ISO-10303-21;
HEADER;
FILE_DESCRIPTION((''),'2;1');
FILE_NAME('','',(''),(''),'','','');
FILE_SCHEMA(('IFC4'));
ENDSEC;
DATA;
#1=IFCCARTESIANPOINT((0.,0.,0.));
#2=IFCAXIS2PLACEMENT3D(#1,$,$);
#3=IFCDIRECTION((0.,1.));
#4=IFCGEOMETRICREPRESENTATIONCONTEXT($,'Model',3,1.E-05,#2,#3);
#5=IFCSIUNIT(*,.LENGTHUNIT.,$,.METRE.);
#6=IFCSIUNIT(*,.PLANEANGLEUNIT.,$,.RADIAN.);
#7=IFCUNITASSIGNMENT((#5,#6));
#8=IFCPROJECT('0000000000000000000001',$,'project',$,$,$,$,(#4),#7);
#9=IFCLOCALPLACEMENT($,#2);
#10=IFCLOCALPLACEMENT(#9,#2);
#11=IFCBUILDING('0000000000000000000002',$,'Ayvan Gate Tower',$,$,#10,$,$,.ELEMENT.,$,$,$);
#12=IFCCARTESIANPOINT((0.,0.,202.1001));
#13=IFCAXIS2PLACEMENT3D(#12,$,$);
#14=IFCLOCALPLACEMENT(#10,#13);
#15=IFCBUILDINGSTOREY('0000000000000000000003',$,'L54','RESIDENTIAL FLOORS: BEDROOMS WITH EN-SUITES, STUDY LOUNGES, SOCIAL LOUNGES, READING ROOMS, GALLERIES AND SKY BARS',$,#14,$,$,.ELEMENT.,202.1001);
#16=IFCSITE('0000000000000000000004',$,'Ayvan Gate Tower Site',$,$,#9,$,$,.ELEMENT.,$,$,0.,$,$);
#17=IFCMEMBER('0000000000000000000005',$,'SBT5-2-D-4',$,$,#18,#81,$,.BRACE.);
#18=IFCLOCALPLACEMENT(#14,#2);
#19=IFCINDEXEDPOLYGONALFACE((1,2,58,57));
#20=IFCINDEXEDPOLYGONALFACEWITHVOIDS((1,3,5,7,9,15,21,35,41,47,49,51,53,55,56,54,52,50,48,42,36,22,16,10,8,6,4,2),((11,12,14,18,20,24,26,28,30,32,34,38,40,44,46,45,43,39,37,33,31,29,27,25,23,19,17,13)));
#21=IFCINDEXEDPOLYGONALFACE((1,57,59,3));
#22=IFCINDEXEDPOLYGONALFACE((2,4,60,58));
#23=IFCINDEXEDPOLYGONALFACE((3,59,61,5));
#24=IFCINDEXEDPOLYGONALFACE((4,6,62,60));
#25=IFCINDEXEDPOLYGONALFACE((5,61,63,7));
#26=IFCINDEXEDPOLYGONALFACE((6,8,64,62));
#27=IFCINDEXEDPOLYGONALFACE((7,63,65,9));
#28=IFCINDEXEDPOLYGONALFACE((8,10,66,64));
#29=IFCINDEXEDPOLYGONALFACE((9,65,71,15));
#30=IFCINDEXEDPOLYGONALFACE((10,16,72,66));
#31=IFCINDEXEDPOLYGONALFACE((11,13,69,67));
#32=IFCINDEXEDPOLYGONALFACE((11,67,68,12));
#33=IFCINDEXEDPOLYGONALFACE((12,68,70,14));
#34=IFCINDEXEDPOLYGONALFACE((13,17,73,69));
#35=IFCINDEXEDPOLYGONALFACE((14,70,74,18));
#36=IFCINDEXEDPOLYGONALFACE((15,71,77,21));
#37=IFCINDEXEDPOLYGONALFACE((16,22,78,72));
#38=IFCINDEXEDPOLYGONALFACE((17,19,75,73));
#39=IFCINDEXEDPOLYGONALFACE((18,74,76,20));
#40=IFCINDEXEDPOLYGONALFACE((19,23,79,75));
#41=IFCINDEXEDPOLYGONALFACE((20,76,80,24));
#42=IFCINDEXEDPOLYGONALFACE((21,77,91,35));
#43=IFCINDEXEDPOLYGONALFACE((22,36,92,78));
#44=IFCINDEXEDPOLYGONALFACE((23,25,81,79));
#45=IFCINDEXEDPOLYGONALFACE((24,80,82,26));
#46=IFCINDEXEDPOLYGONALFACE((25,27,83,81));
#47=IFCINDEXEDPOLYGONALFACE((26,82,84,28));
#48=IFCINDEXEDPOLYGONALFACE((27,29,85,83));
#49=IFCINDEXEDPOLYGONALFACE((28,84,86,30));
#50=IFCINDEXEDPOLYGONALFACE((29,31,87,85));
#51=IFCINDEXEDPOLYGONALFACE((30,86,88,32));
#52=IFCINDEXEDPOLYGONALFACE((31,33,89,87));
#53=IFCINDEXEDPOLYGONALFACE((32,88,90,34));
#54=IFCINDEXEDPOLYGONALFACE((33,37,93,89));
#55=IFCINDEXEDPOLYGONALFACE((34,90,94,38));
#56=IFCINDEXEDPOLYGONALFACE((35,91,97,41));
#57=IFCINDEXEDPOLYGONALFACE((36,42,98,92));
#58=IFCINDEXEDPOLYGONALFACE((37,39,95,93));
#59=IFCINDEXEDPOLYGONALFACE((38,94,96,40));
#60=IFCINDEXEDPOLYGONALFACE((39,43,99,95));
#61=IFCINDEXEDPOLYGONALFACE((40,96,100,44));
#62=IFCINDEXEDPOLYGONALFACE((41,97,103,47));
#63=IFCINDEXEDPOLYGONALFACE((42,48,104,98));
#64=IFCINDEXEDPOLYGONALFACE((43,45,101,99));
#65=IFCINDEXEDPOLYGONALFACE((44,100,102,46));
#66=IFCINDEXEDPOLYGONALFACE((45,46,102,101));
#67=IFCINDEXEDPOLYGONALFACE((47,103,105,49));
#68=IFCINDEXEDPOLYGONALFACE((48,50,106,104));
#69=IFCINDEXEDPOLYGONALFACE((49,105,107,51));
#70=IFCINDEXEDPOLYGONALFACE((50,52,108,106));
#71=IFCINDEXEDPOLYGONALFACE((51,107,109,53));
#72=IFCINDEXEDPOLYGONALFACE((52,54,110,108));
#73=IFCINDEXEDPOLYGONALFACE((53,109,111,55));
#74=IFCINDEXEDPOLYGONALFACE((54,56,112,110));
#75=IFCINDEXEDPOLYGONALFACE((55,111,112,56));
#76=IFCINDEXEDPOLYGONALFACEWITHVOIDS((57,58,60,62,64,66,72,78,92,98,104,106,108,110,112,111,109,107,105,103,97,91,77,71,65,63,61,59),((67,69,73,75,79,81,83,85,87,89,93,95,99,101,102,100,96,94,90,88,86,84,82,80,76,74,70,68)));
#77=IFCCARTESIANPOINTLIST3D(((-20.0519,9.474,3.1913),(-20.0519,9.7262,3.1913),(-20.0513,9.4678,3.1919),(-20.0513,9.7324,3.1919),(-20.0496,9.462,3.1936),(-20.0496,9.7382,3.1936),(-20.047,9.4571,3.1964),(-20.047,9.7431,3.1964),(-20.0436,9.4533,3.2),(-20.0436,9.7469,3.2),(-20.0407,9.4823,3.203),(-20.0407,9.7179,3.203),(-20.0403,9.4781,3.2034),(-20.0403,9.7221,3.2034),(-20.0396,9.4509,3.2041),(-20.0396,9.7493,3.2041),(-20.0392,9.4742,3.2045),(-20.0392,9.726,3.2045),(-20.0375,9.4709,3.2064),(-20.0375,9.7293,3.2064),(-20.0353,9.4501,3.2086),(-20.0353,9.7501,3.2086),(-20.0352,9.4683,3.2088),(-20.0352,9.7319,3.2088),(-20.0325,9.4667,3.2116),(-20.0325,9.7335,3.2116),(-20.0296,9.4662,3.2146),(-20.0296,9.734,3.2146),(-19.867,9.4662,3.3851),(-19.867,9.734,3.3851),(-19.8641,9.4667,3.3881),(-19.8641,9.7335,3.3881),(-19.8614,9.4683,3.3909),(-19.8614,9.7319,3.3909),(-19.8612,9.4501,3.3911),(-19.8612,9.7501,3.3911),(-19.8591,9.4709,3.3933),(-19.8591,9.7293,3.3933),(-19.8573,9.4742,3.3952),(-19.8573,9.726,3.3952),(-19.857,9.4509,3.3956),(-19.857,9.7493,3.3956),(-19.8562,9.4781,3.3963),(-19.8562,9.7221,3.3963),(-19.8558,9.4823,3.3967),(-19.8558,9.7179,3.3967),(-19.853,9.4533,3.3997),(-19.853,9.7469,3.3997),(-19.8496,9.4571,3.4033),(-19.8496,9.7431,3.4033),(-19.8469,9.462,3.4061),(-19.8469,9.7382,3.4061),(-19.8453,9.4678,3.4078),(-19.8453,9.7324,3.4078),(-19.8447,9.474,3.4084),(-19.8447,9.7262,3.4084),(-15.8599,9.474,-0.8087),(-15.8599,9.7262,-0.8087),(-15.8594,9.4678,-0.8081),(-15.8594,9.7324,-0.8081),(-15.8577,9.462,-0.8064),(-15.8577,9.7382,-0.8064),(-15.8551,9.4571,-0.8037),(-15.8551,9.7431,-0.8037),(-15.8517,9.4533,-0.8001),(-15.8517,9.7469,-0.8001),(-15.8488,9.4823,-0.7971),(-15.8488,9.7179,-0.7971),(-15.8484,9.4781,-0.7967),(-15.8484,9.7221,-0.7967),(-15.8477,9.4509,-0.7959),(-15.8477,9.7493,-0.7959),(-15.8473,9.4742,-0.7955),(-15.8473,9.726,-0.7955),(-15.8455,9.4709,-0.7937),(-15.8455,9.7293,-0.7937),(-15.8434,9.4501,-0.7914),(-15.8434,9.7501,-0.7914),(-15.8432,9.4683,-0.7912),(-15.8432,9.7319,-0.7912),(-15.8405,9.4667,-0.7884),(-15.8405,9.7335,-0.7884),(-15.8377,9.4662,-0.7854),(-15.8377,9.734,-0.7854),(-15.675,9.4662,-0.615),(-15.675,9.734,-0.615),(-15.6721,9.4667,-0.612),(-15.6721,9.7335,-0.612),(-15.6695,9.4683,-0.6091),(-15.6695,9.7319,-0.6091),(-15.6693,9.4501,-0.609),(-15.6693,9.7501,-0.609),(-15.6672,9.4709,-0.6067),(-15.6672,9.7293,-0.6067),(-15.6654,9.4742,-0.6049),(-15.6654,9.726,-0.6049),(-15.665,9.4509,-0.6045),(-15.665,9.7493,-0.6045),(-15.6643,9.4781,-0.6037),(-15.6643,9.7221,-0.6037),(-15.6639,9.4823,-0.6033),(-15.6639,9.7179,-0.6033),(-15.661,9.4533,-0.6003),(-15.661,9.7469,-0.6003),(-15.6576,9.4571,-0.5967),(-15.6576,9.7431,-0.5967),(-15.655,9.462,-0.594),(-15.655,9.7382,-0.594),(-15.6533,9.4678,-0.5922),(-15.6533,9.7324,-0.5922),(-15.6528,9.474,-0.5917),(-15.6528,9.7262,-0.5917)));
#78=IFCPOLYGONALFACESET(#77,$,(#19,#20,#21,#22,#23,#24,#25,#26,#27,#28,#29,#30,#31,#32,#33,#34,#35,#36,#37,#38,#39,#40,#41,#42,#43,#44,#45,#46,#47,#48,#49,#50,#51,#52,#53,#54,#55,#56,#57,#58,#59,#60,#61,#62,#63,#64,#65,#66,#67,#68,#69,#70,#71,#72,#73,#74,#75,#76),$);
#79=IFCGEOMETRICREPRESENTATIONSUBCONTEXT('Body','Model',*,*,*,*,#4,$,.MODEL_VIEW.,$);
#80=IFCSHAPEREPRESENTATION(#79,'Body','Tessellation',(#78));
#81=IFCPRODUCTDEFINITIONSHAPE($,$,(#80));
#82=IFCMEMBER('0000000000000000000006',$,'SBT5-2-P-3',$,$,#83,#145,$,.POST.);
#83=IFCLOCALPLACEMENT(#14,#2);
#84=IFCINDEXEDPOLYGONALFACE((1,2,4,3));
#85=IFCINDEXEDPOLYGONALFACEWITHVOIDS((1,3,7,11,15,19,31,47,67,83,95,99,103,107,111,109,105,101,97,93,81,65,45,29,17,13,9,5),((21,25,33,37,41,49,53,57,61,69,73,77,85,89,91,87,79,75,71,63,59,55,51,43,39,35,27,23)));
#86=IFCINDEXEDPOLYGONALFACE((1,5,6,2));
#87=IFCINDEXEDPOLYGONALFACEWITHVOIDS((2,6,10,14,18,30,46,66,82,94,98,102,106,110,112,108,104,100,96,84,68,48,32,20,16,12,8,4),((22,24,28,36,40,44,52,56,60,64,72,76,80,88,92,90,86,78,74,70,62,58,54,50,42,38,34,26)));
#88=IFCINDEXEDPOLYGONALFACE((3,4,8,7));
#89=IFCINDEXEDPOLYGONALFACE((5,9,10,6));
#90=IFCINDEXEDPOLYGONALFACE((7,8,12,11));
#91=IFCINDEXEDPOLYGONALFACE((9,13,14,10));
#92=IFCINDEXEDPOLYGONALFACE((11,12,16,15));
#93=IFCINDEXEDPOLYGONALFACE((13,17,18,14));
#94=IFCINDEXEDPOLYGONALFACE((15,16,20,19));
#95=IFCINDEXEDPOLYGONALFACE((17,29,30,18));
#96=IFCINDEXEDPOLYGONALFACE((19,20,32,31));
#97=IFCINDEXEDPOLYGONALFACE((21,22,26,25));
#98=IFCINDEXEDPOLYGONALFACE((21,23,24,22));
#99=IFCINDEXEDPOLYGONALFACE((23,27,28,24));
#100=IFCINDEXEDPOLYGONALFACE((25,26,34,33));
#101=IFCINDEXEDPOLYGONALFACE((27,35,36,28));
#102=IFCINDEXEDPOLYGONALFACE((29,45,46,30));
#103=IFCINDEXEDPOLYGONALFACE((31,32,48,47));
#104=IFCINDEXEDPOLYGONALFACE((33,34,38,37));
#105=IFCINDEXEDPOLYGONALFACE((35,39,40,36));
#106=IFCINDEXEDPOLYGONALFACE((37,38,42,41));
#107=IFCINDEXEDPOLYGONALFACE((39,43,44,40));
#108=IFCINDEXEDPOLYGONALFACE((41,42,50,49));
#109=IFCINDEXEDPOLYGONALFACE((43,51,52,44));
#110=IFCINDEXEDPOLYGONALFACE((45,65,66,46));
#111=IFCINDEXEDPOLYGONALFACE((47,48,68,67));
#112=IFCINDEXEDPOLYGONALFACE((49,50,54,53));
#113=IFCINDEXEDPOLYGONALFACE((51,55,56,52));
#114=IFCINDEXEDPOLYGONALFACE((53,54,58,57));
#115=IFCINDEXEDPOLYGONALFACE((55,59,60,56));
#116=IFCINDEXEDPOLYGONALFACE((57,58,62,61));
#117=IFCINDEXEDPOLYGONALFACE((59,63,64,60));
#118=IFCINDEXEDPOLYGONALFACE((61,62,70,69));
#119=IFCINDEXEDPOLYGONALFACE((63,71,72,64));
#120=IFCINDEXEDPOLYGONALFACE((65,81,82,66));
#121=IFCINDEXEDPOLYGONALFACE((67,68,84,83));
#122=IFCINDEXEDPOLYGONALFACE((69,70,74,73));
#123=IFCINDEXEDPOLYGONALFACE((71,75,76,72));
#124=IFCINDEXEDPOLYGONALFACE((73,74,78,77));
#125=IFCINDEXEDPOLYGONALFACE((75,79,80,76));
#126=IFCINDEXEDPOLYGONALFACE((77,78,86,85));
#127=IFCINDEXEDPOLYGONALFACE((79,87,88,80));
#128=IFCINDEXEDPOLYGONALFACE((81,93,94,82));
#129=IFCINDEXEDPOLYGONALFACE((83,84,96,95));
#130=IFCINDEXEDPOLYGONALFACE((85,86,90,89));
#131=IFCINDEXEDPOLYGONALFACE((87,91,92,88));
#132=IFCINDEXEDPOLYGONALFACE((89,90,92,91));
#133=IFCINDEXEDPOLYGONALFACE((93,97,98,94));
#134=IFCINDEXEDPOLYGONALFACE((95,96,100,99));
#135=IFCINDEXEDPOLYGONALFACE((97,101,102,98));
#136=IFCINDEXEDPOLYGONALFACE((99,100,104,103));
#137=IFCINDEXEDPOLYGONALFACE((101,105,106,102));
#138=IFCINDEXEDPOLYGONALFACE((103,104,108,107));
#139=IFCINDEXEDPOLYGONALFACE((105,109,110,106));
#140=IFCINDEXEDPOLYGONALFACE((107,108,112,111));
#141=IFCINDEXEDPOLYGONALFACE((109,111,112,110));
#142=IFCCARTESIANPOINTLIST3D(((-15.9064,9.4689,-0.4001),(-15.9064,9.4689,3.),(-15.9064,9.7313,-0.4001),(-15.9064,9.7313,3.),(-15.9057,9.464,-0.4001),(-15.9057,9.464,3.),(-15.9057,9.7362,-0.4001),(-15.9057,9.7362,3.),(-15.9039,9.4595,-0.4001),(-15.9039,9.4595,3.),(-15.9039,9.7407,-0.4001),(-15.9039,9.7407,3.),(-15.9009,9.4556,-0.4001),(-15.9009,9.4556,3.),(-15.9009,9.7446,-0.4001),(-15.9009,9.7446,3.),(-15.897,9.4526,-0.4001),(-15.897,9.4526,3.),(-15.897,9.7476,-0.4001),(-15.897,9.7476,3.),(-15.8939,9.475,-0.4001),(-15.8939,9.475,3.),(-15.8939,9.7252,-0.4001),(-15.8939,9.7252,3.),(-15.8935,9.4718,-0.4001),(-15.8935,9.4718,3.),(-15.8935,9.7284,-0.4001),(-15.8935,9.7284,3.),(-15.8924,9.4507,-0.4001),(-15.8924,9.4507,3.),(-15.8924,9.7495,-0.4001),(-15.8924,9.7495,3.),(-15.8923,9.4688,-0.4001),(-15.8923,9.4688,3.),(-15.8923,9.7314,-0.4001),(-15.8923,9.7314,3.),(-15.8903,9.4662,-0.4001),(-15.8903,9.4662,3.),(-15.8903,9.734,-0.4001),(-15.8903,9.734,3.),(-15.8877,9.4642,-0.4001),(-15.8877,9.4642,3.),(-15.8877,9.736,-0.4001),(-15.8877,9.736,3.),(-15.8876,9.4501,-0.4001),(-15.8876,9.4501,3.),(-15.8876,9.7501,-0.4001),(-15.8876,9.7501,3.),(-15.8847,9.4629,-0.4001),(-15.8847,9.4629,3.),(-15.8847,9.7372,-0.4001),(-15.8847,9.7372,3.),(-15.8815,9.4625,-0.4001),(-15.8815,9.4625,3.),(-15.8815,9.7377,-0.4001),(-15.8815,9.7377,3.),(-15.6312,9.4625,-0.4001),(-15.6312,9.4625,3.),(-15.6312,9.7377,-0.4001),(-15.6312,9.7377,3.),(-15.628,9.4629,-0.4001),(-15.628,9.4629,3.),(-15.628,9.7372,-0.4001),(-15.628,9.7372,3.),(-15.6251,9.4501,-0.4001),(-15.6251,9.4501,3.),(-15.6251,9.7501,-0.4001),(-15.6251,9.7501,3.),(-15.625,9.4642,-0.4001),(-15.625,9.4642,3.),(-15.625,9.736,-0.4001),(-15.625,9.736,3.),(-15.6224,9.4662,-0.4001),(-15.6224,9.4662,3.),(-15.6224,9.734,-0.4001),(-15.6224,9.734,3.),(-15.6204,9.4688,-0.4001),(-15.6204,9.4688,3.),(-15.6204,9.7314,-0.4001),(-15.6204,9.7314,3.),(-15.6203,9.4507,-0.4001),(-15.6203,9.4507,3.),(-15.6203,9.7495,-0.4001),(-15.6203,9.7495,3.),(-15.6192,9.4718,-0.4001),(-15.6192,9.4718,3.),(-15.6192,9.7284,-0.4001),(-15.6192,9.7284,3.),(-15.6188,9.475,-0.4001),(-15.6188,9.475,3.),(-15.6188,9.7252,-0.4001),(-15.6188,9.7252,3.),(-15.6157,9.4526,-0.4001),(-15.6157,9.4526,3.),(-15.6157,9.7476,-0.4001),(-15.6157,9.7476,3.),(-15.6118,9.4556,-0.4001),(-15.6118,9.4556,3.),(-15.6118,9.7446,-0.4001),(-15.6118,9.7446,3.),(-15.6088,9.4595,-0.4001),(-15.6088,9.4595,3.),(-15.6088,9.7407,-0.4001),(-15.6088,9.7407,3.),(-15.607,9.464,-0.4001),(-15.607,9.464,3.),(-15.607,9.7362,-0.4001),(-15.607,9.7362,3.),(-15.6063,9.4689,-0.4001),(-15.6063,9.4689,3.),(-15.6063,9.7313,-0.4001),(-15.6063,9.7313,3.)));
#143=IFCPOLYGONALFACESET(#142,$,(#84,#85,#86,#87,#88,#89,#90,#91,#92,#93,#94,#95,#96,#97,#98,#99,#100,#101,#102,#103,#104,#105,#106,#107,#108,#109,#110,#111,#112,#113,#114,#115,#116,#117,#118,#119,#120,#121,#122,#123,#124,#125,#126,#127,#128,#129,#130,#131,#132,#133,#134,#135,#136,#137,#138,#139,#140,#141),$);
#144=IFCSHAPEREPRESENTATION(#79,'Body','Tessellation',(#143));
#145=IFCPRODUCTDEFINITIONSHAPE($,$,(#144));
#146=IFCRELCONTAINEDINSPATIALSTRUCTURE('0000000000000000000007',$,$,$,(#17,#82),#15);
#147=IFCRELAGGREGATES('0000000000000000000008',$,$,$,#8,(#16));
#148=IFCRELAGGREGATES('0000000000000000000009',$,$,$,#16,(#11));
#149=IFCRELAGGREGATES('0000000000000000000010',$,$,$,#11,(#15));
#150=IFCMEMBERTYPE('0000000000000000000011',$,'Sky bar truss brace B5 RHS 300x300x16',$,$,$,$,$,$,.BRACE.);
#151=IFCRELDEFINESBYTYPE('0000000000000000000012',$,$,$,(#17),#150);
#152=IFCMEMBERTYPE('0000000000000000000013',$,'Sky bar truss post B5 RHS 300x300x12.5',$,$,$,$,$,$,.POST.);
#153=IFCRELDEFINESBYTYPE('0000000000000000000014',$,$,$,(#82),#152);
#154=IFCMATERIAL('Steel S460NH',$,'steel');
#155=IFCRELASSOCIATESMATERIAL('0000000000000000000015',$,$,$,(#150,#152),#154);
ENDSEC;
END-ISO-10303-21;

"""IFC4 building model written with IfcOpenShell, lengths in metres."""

from ifc_helpers import new_model, si_unit, direction, frame, origin, origin_2d, place, context, subcontext, project, spatial, hollow_rectangle, extrude, material, material_profile, profile_set, type_object, element, save


model = new_model("IFC4")

# Units and contexts
model_context = context("Model", 3, precision=1e-05, world=origin(), true_north=direction((0.0, 1.0)))
body_context = subcontext(model_context, "Body", "Model", "MODEL_VIEW")
ifc_project = project(units=[si_unit("LENGTHUNIT", "METRE"), si_unit("PLANEANGLEUNIT", "RADIAN")], contexts=[model_context])

# Site, building, storey
site_placement = place(None, origin())
site = spatial("IfcSite", under=ifc_project, at=site_placement, Name="Ayvan Gate Tower Site", CompositionType="ELEMENT", RefElevation=0.0)
building_placement = place(site_placement, origin())
building = spatial("IfcBuilding", under=site, at=building_placement, Name="Ayvan Gate Tower", CompositionType="ELEMENT")
storey_placement = place(building_placement, frame((0.0, 0.0, 202.1001)))
storey = spatial("IfcBuildingStorey", under=building, at=storey_placement, Name="L54", Description="RESIDENTIAL FLOORS: BEDROOMS WITH EN-SUITES, STUDY LOUNGES, SOCIAL LOUNGES, READING ROOMS, GALLERIES AND SKY BARS", CompositionType="ELEMENT", Elevation=202.1001)

# Members
ifc_material_1 = material(Name="Steel S460NH", Category="steel")
ifc_material_profile_1 = material_profile(ifc_material_1, hollow_rectangle(XDim=0.3, YDim=0.3, WallThickness=0.0161, InnerFilletRadius=0.0161, OuterFilletRadius=0.0239, at=origin_2d()), Name="RHS 300x300x16")
ifc_profile_set_1 = profile_set([ifc_material_profile_1], Name="Steel S460NH")
member_type_1 = type_object("IfcMemberType", Name="Sky bar truss brace B5 RHS 300x300x16", PredefinedType="BRACE", material=ifc_profile_set_1)
member_1_placement = place(storey_placement, frame((-15.7563, 9.6001, -0.7002), z_axis=(-0.723472, 0.0, 0.690353), x_axis=(0.0, -1.0, 0.0)))
element("IfcMember", 1, at=member_1_placement, inside=storey, type_object=member_type_1, Name="SBT5-2-D-4", PredefinedType="BRACE", context=body_context, shape_type="SweptSolid", body=[
    extrude(hollow_rectangle(XDim=0.3, YDim=0.3, WallThickness=0.0161, InnerFilletRadius=0.0161, OuterFilletRadius=0.0239, at=origin_2d()), origin(), (0.0, 0.0, 1.0), 5.7942),
])
ifc_material_profile_2 = material_profile(ifc_material_1, hollow_rectangle(XDim=0.3, YDim=0.3, WallThickness=0.0125, InnerFilletRadius=0.0125, OuterFilletRadius=0.0188, at=origin_2d()), Name="RHS 300x300x12.5")
ifc_profile_set_2 = profile_set([ifc_material_profile_2], Name="Steel S460NH")
member_type_2 = type_object("IfcMemberType", Name="Sky bar truss post B5 RHS 300x300x12.5", PredefinedType="POST", material=ifc_profile_set_2)
member_2_placement = place(storey_placement, frame((-15.7563, 9.6001, -0.4001), z_axis=(0.0, 0.0, 1.0), x_axis=(1.0, 0.0, 0.0)))
element("IfcMember", 2, at=member_2_placement, inside=storey, type_object=member_type_2, Name="SBT5-2-P-3", PredefinedType="POST", context=body_context, shape_type="SweptSolid", body=[
    extrude(hollow_rectangle(XDim=0.3, YDim=0.3, WallThickness=0.0125, InnerFilletRadius=0.0125, OuterFilletRadius=0.0188, at=origin_2d()), origin(), (0.0, 0.0, 1.0), 3.4001),
])

save(model, "model.ifc")
